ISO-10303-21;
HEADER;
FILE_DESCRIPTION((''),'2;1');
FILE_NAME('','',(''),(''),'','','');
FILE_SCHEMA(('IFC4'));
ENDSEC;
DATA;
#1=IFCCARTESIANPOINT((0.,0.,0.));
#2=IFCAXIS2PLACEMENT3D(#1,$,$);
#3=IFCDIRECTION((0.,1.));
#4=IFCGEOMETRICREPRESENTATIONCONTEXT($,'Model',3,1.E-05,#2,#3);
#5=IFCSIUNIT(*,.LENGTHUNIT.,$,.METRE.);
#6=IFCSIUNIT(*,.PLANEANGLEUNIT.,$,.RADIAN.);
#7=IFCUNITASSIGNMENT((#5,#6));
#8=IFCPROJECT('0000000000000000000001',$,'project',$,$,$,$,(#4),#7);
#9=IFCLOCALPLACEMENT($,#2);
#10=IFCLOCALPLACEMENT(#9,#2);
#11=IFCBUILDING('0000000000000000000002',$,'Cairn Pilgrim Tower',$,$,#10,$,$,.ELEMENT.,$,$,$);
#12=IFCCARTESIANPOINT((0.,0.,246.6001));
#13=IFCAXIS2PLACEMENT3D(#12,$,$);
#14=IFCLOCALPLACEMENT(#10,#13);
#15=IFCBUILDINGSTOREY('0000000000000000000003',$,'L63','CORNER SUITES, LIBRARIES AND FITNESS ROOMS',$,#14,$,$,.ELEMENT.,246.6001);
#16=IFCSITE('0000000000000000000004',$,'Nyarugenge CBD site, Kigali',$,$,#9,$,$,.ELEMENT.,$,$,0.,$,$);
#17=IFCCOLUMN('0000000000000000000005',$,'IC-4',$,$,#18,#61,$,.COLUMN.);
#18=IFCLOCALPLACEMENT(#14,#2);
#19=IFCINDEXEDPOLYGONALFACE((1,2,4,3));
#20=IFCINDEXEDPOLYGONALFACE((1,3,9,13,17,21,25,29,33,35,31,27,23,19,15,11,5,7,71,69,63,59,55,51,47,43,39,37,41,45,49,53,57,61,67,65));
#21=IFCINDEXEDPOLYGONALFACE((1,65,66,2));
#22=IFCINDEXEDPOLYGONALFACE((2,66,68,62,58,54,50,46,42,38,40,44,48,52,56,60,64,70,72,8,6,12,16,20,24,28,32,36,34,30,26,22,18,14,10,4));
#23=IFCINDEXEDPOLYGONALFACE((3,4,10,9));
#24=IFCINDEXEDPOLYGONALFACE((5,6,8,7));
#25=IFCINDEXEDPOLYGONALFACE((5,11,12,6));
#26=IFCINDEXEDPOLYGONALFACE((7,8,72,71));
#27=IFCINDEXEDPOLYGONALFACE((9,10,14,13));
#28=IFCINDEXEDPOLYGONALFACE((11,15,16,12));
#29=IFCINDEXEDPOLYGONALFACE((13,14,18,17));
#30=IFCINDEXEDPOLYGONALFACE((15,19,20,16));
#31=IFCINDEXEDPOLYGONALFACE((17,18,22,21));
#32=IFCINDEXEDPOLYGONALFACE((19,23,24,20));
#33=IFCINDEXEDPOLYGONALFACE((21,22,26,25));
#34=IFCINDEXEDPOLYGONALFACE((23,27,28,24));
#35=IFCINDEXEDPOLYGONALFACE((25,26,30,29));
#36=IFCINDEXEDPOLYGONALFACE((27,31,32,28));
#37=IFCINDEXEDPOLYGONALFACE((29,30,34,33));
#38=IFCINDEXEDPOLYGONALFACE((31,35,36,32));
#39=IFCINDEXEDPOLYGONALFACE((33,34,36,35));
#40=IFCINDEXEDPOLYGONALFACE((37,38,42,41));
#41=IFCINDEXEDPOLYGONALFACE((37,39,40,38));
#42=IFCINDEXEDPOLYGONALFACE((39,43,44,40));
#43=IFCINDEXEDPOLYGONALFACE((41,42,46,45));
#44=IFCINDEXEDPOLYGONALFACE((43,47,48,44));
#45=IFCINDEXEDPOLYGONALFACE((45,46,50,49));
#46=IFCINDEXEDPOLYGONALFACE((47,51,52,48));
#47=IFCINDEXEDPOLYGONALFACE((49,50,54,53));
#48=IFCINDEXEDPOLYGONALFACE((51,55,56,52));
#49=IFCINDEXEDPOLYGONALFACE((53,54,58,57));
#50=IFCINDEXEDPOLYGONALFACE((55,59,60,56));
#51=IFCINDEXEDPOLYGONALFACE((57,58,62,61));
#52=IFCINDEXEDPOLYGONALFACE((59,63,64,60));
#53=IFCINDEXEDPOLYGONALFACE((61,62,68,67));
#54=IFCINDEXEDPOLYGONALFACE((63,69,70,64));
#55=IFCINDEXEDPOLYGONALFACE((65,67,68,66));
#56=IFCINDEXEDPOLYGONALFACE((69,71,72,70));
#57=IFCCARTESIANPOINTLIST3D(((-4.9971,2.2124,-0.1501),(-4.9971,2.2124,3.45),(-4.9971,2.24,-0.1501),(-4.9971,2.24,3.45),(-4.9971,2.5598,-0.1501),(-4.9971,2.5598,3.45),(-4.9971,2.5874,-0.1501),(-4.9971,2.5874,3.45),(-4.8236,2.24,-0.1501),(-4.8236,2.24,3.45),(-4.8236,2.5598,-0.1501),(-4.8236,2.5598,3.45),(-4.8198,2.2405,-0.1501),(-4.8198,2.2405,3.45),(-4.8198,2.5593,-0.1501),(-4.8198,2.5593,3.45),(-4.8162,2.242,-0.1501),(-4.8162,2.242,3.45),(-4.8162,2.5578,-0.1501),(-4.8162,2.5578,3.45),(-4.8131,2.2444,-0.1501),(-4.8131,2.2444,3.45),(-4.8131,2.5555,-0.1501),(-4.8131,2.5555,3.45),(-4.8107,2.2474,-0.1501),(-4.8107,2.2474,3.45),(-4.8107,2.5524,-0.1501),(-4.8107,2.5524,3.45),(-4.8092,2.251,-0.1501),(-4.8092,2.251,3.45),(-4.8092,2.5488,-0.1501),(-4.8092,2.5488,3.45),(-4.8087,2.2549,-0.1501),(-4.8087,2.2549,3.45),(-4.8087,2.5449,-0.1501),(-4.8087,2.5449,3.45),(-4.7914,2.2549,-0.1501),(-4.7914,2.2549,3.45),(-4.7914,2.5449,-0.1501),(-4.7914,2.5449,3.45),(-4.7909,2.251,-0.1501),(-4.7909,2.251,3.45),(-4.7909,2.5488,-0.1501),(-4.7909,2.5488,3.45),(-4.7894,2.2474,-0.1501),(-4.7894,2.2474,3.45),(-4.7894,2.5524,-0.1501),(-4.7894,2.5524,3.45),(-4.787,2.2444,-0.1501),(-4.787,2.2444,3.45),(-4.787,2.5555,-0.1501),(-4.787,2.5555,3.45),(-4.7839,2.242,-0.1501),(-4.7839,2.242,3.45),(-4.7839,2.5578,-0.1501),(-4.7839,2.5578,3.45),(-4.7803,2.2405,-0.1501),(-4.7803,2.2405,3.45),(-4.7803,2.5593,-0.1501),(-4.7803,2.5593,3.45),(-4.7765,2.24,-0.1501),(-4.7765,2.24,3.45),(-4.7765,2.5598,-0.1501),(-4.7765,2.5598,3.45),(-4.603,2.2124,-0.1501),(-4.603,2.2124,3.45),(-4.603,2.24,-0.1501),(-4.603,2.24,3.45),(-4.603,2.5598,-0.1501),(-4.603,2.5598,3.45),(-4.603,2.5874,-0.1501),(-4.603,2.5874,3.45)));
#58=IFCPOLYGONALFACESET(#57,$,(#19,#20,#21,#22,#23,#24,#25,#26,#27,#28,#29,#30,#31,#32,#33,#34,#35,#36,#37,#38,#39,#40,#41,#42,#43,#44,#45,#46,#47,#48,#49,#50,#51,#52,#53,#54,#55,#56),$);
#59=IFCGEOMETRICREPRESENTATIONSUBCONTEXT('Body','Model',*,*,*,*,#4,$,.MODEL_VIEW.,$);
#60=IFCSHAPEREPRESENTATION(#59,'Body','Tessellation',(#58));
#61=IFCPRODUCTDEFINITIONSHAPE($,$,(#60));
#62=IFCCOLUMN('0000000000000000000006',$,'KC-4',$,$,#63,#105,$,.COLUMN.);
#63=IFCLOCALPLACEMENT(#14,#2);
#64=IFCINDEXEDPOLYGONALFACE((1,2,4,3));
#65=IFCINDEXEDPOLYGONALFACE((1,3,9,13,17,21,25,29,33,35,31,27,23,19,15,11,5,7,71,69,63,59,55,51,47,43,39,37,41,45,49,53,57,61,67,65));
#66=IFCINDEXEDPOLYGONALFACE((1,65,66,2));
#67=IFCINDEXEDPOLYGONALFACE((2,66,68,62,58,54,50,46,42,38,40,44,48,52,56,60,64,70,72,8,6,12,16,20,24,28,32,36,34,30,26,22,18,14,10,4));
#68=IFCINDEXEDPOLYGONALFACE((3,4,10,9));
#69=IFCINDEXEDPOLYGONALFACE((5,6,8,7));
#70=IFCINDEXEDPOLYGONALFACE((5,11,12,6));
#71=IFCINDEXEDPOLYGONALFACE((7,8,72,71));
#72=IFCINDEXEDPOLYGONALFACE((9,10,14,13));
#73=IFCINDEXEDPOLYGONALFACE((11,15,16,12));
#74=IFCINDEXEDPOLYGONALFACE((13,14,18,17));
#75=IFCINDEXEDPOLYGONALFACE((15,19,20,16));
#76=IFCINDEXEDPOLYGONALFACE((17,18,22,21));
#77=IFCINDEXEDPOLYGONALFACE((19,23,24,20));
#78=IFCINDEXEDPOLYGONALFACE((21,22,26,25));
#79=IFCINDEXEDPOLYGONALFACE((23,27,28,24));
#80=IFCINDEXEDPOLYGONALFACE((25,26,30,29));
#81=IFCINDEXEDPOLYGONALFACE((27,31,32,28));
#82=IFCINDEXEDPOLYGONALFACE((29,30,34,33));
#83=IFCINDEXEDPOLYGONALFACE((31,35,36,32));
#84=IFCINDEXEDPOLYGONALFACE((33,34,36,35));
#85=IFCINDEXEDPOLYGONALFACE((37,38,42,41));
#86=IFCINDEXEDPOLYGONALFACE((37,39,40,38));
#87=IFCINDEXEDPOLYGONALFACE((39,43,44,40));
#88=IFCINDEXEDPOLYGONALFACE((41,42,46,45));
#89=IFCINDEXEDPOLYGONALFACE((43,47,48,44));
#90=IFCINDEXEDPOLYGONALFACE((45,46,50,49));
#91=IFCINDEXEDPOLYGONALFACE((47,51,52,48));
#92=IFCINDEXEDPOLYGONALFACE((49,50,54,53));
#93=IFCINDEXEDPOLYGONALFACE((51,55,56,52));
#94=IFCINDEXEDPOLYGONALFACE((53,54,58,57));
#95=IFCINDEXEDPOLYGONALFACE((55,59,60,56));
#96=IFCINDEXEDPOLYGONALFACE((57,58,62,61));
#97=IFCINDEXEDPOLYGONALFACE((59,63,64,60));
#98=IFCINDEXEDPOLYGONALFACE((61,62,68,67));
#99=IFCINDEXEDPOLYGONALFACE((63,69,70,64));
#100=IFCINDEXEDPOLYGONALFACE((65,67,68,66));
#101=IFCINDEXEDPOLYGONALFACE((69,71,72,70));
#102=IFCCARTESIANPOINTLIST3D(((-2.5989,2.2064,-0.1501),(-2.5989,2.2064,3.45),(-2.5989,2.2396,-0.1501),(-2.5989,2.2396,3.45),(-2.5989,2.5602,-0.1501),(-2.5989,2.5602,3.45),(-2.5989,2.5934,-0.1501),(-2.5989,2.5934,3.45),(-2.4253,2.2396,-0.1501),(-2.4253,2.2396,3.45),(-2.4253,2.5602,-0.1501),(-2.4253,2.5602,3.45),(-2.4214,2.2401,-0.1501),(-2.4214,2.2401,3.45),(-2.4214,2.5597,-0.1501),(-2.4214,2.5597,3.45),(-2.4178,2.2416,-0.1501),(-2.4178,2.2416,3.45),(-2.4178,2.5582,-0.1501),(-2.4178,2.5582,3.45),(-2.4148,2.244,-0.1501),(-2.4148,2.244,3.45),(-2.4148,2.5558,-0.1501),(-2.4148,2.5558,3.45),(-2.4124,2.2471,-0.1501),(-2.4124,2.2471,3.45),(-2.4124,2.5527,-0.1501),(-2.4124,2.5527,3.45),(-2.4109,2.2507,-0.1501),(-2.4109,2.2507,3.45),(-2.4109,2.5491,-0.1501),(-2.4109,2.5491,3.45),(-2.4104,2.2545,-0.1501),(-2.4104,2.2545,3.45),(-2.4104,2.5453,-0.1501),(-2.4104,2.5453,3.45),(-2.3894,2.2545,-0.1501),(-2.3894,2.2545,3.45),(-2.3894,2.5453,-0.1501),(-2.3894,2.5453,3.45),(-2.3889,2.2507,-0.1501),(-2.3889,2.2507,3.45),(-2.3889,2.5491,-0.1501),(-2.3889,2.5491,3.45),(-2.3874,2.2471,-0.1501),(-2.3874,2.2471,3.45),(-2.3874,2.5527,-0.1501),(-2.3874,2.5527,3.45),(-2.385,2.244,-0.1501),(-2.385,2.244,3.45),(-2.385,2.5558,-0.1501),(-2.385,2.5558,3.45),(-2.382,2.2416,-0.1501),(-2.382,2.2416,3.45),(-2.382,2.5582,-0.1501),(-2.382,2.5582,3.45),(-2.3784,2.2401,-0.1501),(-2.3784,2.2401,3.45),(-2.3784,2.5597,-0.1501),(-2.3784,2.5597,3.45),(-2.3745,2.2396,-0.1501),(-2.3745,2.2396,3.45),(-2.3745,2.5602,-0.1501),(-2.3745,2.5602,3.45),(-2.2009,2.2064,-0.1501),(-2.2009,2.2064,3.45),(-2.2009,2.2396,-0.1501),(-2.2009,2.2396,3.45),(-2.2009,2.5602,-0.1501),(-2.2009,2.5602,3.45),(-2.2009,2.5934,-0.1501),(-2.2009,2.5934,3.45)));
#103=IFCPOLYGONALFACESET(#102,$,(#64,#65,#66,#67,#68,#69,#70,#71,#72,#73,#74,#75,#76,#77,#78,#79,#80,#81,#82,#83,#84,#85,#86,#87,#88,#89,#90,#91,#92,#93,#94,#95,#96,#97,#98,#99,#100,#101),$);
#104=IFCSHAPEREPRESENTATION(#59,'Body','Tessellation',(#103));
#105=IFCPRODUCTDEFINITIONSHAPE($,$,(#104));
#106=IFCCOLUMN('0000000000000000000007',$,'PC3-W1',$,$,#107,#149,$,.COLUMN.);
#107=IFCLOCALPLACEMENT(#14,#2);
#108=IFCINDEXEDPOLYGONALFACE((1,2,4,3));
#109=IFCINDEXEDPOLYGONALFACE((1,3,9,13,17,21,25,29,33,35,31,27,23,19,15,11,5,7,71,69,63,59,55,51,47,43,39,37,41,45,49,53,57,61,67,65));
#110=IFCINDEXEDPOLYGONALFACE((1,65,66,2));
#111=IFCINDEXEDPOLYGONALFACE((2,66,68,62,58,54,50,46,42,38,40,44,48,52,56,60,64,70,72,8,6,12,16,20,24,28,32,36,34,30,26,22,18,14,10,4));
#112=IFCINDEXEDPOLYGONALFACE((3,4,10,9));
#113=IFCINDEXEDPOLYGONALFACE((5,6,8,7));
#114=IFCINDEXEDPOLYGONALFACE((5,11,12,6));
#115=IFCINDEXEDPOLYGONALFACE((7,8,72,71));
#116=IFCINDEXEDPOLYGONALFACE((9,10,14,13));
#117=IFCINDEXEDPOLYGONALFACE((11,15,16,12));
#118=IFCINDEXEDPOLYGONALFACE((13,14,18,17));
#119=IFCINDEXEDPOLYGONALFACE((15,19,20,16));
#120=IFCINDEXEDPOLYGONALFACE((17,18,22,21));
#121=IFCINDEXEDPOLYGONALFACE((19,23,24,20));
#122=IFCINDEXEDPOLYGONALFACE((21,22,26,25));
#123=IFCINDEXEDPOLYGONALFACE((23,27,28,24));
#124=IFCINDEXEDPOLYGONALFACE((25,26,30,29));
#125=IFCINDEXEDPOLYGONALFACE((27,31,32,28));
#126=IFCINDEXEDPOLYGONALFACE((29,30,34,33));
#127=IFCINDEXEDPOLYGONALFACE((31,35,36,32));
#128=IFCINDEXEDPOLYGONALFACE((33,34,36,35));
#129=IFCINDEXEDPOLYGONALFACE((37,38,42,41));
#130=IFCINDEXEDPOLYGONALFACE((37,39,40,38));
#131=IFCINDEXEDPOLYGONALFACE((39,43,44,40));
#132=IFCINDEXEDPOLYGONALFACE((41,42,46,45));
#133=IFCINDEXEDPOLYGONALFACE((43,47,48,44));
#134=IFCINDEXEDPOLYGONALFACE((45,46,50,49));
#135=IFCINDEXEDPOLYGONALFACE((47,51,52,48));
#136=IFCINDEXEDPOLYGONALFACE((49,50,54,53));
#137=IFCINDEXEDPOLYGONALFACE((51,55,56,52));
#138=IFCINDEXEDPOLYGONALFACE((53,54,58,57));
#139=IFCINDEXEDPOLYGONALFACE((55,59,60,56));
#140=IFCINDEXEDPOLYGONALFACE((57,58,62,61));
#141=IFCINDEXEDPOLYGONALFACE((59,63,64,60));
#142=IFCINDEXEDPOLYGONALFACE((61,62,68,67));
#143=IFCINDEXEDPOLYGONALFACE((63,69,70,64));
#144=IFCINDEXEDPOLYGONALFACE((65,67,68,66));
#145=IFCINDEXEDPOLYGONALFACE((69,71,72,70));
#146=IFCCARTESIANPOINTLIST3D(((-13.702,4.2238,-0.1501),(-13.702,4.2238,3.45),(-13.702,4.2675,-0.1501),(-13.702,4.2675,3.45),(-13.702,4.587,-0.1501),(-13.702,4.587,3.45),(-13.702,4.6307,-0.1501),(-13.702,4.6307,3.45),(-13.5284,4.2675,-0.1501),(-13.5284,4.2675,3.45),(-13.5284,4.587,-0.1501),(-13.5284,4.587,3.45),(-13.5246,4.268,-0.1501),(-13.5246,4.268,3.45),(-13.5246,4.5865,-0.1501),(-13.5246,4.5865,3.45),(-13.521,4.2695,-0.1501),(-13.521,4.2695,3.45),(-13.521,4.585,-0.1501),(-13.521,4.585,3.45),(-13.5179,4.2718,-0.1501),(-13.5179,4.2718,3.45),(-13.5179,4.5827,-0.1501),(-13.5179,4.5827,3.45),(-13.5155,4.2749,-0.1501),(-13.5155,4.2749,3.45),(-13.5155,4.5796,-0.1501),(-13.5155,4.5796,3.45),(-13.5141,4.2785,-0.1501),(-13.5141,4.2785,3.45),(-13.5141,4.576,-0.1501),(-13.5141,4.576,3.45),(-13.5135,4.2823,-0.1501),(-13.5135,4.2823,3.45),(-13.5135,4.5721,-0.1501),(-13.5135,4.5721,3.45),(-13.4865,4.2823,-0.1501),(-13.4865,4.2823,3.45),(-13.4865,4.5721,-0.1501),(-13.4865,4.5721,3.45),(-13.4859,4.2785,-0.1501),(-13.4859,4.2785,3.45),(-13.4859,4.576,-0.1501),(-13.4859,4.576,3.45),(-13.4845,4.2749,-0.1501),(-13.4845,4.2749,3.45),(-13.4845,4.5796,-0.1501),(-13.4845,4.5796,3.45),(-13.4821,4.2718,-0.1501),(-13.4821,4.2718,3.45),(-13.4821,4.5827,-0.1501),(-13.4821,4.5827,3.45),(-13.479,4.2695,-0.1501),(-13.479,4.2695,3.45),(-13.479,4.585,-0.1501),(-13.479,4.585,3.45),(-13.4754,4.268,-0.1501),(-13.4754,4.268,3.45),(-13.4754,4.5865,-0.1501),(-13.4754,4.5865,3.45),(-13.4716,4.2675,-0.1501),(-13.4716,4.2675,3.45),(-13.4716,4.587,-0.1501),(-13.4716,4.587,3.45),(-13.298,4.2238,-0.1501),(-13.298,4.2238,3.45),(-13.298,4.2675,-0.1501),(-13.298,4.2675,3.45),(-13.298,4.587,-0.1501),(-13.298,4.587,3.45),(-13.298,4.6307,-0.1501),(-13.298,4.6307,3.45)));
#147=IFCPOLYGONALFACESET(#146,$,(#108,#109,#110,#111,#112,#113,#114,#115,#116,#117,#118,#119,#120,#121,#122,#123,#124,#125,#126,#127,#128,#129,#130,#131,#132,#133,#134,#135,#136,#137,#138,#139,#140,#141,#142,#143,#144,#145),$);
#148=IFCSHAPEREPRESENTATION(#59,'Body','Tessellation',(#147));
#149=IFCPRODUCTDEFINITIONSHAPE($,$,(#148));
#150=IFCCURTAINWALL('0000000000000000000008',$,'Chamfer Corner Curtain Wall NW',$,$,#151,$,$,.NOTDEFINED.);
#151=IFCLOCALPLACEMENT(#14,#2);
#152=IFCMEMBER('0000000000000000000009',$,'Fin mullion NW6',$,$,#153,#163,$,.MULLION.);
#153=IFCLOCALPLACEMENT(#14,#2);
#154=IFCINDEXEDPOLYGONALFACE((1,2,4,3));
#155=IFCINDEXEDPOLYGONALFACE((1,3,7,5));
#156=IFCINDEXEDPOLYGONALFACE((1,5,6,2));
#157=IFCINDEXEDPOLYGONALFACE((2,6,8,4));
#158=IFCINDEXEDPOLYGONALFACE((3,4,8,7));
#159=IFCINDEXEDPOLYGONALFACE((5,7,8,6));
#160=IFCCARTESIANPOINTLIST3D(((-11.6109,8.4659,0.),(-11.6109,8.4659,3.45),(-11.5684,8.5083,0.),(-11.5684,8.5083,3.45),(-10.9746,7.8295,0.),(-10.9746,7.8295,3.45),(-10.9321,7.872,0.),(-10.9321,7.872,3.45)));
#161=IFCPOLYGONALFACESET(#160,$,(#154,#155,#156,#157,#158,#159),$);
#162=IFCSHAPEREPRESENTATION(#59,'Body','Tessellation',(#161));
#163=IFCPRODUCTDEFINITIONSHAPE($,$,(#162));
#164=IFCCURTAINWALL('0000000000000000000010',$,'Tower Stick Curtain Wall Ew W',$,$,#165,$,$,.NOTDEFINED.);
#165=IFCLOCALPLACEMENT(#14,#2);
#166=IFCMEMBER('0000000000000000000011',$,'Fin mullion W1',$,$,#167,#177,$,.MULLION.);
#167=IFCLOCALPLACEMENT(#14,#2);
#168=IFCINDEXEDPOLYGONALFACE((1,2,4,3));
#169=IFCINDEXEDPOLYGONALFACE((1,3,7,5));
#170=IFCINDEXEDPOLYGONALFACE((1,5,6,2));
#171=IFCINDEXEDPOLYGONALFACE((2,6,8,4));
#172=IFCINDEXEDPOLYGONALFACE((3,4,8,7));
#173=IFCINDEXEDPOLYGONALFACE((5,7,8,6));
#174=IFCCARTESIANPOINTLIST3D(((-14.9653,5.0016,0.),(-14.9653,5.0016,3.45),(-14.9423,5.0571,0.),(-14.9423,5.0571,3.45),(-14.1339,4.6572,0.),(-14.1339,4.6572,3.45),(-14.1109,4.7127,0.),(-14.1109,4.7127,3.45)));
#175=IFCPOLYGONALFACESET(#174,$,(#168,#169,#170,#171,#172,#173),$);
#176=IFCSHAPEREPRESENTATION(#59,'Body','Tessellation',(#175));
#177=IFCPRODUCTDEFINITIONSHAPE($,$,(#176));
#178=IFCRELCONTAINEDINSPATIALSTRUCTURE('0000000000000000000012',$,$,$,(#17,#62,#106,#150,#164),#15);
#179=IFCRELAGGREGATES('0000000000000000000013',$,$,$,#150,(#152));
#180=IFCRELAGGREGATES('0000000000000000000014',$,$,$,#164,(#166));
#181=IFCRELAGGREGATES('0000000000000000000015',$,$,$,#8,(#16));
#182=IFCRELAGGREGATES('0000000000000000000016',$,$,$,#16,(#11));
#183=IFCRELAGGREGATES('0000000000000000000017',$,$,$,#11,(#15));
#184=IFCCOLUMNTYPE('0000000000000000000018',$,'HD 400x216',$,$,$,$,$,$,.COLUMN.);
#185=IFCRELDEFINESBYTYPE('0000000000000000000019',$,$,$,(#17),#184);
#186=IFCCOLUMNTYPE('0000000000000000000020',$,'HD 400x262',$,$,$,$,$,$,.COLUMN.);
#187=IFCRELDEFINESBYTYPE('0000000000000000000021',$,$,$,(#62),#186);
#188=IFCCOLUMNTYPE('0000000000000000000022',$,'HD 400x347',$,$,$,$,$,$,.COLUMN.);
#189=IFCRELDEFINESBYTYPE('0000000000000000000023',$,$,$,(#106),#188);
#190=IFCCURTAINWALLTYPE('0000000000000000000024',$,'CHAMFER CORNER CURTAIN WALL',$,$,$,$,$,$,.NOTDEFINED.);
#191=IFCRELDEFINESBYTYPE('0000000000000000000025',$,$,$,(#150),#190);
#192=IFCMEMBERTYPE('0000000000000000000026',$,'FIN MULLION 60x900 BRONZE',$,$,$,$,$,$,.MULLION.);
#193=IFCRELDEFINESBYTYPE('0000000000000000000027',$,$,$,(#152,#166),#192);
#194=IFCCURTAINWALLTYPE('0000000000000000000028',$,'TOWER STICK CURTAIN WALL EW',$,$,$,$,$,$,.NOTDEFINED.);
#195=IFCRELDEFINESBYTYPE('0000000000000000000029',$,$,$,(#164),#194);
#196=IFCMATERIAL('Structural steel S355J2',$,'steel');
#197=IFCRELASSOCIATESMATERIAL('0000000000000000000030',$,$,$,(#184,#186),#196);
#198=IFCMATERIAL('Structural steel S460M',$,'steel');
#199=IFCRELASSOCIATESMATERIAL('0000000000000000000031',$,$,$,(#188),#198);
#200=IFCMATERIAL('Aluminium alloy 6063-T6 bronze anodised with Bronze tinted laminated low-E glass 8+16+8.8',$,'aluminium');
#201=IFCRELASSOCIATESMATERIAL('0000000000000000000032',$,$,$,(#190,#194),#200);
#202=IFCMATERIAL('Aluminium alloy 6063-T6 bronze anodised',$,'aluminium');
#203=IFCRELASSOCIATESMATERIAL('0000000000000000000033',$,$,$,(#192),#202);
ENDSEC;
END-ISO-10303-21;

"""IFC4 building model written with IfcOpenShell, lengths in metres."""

from ifc_helpers import new_model, si_unit, direction, frame, origin, origin_2d, place, context, subcontext, project, spatial, rectangle, i_section, extrude, material, material_profile, profile_set, type_object, element, aggregate, save


model = new_model("IFC4")

# Units and contexts
model_context = context("Model", 3, precision=1e-05, world=origin(), true_north=direction((0.0, 1.0)))
body_context = subcontext(model_context, "Body", "Model", "MODEL_VIEW")
ifc_project = project(units=[si_unit("LENGTHUNIT", "METRE"), si_unit("PLANEANGLEUNIT", "RADIAN")], contexts=[model_context])

# Site, building, storey
site_placement = place(None, origin())
site = spatial("IfcSite", under=ifc_project, at=site_placement, Name="Nyarugenge CBD site, Kigali", CompositionType="ELEMENT", RefElevation=0.0)
building_placement = place(site_placement, origin())
building = spatial("IfcBuilding", under=site, at=building_placement, Name="Cairn Pilgrim Tower", CompositionType="ELEMENT")
storey_placement = place(building_placement, frame((0.0, 0.0, 246.6001)))
storey = spatial("IfcBuildingStorey", under=building, at=storey_placement, Name="L63", Description="CORNER SUITES, LIBRARIES AND FITNESS ROOMS", CompositionType="ELEMENT", Elevation=246.6001)

# Columns
ifc_material_1 = material(Name="Structural steel S355J2", Category="steel")
ifc_material_profile_1 = material_profile(ifc_material_1, i_section(OverallWidth=0.394, OverallDepth=0.375, WebThickness=0.0173, FlangeThickness=0.0276, FilletRadius=0.0149, at=origin_2d()), Name="HD 400x216")
ifc_profile_set_1 = profile_set([ifc_material_profile_1], Name="Structural steel S355J2")
column_type_1 = type_object("IfcColumnType", Name="HD 400x216", PredefinedType="COLUMN", material=ifc_profile_set_1)
column_1_placement = place(storey_placement, frame((-4.8, 2.3999, -0.1501), z_axis=(0.0, 0.0, 1.0), x_axis=(1.0, 0.0, 0.0)))
element("IfcColumn", 1, at=column_1_placement, inside=storey, type_object=column_type_1, Name="IC-4", PredefinedType="COLUMN", context=body_context, shape_type="SweptSolid", body=[
    extrude(i_section(OverallWidth=0.394, OverallDepth=0.375, WebThickness=0.0173, FlangeThickness=0.0276, FilletRadius=0.0149, at=origin_2d()), origin(), (0.0, 0.0, 1.0), 3.6001),
])
ifc_material_profile_2 = material_profile(ifc_material_1, i_section(OverallWidth=0.3979, OverallDepth=0.387, WebThickness=0.021, FlangeThickness=0.0332, FilletRadius=0.0149, at=origin_2d()), Name="HD 400x262")
ifc_profile_set_2 = profile_set([ifc_material_profile_2], Name="Structural steel S355J2")
column_type_2 = type_object("IfcColumnType", Name="HD 400x262", PredefinedType="COLUMN", material=ifc_profile_set_2)
column_2_placement = place(storey_placement, frame((-2.3999, 2.3999, -0.1501), z_axis=(0.0, 0.0, 1.0), x_axis=(1.0, 0.0, 0.0)))
element("IfcColumn", 2, at=column_2_placement, inside=storey, type_object=column_type_2, Name="KC-4", PredefinedType="COLUMN", context=body_context, shape_type="SweptSolid", body=[
    extrude(i_section(OverallWidth=0.3979, OverallDepth=0.387, WebThickness=0.021, FlangeThickness=0.0332, FilletRadius=0.0149, at=origin_2d()), origin(), (0.0, 0.0, 1.0), 3.6001),
])
ifc_material_2 = material(Name="Structural steel S460M", Category="steel")
ifc_material_profile_3 = material_profile(ifc_material_2, i_section(OverallWidth=0.4041, OverallDepth=0.407, WebThickness=0.0271, FlangeThickness=0.0437, FilletRadius=0.0149, at=origin_2d()), Name="HD 400x347")
ifc_profile_set_3 = profile_set([ifc_material_profile_3], Name="Structural steel S460M")
column_type_3 = type_object("IfcColumnType", Name="HD 400x347", PredefinedType="COLUMN", material=ifc_profile_set_3)
column_3_placement = place(storey_placement, frame((-13.5, 4.4272, -0.1501), z_axis=(0.0, 0.0, 1.0), x_axis=(1.0, 0.0, 0.0)))
element("IfcColumn", 3, at=column_3_placement, inside=storey, type_object=column_type_3, Name="PC3-W1", PredefinedType="COLUMN", context=body_context, shape_type="SweptSolid", body=[
    extrude(i_section(OverallWidth=0.4041, OverallDepth=0.407, WebThickness=0.0271, FlangeThickness=0.0437, FilletRadius=0.0149, at=origin_2d()), origin(), (0.0, 0.0, 1.0), 3.6001),
])

# Curtain walls, members
ifc_material_3 = material(Name="Aluminium alloy 6063-T6 bronze anodised with Bronze tinted laminated low-E glass 8+16+8.8", Category="aluminium")
curtain_wall_type_1 = type_object("IfcCurtainWallType", Name="CHAMFER CORNER CURTAIN WALL", PredefinedType="NOTDEFINED", material=ifc_material_3)
curtain_wall_1_placement = place(storey_placement, origin())
curtain_wall_1 = element("IfcCurtainWall", 4, at=curtain_wall_1_placement, inside=storey, type_object=curtain_wall_type_1, Name="Chamfer Corner Curtain Wall NW", PredefinedType="NOTDEFINED")
ifc_material_4 = material(Name="Aluminium alloy 6063-T6 bronze anodised", Category="aluminium")
ifc_material_profile_4 = material_profile(ifc_material_4, rectangle(XDim=0.8999, YDim=0.0601, at=origin_2d()), Name="FIN MULLION 60x900 BRONZE")
ifc_profile_set_4 = profile_set([ifc_material_profile_4], Name="Aluminium alloy 6063-T6 bronze anodised")
member_type_1 = type_object("IfcMemberType", Name="FIN MULLION 60x900 BRONZE", PredefinedType="MULLION", material=ifc_profile_set_4)
member_1_placement = place(storey_placement, frame((-11.2715, 8.1689, 0.0), z_axis=(0.0, 0.0, 1.0), x_axis=(-0.707107, 0.707107, 0.0)))
member_1 = element("IfcMember", 5, at=member_1_placement, type_object=member_type_1, Name="Fin mullion NW6", PredefinedType="MULLION", context=body_context, shape_type="SweptSolid", body=[
    extrude(rectangle(XDim=0.8999, YDim=0.0601, at=origin_2d()), origin(), (0.0, 0.0, 1.0), 3.45),
])
curtain_wall_type_2 = type_object("IfcCurtainWallType", Name="TOWER STICK CURTAIN WALL EW", PredefinedType="NOTDEFINED", material=ifc_material_3)
curtain_wall_2_placement = place(storey_placement, origin())
curtain_wall_2 = element("IfcCurtainWall", 6, at=curtain_wall_2_placement, inside=storey, type_object=curtain_wall_type_2, Name="Tower Stick Curtain Wall Ew W", PredefinedType="NOTDEFINED")
member_2_placement = place(storey_placement, frame((-14.5381, 4.8572, 0.0), z_axis=(0.0, 0.0, 1.0), x_axis=(-0.92388, 0.382683, 0.0)))
member_2 = element("IfcMember", 7, at=member_2_placement, type_object=member_type_1, Name="Fin mullion W1", PredefinedType="MULLION", context=body_context, shape_type="SweptSolid", body=[
    extrude(rectangle(XDim=0.8999, YDim=0.0601, at=origin_2d()), origin(), (0.0, 0.0, 1.0), 3.45),
])

aggregate(curtain_wall_1, [member_1])
aggregate(curtain_wall_2, [member_2])

save(model, "model.ifc")
